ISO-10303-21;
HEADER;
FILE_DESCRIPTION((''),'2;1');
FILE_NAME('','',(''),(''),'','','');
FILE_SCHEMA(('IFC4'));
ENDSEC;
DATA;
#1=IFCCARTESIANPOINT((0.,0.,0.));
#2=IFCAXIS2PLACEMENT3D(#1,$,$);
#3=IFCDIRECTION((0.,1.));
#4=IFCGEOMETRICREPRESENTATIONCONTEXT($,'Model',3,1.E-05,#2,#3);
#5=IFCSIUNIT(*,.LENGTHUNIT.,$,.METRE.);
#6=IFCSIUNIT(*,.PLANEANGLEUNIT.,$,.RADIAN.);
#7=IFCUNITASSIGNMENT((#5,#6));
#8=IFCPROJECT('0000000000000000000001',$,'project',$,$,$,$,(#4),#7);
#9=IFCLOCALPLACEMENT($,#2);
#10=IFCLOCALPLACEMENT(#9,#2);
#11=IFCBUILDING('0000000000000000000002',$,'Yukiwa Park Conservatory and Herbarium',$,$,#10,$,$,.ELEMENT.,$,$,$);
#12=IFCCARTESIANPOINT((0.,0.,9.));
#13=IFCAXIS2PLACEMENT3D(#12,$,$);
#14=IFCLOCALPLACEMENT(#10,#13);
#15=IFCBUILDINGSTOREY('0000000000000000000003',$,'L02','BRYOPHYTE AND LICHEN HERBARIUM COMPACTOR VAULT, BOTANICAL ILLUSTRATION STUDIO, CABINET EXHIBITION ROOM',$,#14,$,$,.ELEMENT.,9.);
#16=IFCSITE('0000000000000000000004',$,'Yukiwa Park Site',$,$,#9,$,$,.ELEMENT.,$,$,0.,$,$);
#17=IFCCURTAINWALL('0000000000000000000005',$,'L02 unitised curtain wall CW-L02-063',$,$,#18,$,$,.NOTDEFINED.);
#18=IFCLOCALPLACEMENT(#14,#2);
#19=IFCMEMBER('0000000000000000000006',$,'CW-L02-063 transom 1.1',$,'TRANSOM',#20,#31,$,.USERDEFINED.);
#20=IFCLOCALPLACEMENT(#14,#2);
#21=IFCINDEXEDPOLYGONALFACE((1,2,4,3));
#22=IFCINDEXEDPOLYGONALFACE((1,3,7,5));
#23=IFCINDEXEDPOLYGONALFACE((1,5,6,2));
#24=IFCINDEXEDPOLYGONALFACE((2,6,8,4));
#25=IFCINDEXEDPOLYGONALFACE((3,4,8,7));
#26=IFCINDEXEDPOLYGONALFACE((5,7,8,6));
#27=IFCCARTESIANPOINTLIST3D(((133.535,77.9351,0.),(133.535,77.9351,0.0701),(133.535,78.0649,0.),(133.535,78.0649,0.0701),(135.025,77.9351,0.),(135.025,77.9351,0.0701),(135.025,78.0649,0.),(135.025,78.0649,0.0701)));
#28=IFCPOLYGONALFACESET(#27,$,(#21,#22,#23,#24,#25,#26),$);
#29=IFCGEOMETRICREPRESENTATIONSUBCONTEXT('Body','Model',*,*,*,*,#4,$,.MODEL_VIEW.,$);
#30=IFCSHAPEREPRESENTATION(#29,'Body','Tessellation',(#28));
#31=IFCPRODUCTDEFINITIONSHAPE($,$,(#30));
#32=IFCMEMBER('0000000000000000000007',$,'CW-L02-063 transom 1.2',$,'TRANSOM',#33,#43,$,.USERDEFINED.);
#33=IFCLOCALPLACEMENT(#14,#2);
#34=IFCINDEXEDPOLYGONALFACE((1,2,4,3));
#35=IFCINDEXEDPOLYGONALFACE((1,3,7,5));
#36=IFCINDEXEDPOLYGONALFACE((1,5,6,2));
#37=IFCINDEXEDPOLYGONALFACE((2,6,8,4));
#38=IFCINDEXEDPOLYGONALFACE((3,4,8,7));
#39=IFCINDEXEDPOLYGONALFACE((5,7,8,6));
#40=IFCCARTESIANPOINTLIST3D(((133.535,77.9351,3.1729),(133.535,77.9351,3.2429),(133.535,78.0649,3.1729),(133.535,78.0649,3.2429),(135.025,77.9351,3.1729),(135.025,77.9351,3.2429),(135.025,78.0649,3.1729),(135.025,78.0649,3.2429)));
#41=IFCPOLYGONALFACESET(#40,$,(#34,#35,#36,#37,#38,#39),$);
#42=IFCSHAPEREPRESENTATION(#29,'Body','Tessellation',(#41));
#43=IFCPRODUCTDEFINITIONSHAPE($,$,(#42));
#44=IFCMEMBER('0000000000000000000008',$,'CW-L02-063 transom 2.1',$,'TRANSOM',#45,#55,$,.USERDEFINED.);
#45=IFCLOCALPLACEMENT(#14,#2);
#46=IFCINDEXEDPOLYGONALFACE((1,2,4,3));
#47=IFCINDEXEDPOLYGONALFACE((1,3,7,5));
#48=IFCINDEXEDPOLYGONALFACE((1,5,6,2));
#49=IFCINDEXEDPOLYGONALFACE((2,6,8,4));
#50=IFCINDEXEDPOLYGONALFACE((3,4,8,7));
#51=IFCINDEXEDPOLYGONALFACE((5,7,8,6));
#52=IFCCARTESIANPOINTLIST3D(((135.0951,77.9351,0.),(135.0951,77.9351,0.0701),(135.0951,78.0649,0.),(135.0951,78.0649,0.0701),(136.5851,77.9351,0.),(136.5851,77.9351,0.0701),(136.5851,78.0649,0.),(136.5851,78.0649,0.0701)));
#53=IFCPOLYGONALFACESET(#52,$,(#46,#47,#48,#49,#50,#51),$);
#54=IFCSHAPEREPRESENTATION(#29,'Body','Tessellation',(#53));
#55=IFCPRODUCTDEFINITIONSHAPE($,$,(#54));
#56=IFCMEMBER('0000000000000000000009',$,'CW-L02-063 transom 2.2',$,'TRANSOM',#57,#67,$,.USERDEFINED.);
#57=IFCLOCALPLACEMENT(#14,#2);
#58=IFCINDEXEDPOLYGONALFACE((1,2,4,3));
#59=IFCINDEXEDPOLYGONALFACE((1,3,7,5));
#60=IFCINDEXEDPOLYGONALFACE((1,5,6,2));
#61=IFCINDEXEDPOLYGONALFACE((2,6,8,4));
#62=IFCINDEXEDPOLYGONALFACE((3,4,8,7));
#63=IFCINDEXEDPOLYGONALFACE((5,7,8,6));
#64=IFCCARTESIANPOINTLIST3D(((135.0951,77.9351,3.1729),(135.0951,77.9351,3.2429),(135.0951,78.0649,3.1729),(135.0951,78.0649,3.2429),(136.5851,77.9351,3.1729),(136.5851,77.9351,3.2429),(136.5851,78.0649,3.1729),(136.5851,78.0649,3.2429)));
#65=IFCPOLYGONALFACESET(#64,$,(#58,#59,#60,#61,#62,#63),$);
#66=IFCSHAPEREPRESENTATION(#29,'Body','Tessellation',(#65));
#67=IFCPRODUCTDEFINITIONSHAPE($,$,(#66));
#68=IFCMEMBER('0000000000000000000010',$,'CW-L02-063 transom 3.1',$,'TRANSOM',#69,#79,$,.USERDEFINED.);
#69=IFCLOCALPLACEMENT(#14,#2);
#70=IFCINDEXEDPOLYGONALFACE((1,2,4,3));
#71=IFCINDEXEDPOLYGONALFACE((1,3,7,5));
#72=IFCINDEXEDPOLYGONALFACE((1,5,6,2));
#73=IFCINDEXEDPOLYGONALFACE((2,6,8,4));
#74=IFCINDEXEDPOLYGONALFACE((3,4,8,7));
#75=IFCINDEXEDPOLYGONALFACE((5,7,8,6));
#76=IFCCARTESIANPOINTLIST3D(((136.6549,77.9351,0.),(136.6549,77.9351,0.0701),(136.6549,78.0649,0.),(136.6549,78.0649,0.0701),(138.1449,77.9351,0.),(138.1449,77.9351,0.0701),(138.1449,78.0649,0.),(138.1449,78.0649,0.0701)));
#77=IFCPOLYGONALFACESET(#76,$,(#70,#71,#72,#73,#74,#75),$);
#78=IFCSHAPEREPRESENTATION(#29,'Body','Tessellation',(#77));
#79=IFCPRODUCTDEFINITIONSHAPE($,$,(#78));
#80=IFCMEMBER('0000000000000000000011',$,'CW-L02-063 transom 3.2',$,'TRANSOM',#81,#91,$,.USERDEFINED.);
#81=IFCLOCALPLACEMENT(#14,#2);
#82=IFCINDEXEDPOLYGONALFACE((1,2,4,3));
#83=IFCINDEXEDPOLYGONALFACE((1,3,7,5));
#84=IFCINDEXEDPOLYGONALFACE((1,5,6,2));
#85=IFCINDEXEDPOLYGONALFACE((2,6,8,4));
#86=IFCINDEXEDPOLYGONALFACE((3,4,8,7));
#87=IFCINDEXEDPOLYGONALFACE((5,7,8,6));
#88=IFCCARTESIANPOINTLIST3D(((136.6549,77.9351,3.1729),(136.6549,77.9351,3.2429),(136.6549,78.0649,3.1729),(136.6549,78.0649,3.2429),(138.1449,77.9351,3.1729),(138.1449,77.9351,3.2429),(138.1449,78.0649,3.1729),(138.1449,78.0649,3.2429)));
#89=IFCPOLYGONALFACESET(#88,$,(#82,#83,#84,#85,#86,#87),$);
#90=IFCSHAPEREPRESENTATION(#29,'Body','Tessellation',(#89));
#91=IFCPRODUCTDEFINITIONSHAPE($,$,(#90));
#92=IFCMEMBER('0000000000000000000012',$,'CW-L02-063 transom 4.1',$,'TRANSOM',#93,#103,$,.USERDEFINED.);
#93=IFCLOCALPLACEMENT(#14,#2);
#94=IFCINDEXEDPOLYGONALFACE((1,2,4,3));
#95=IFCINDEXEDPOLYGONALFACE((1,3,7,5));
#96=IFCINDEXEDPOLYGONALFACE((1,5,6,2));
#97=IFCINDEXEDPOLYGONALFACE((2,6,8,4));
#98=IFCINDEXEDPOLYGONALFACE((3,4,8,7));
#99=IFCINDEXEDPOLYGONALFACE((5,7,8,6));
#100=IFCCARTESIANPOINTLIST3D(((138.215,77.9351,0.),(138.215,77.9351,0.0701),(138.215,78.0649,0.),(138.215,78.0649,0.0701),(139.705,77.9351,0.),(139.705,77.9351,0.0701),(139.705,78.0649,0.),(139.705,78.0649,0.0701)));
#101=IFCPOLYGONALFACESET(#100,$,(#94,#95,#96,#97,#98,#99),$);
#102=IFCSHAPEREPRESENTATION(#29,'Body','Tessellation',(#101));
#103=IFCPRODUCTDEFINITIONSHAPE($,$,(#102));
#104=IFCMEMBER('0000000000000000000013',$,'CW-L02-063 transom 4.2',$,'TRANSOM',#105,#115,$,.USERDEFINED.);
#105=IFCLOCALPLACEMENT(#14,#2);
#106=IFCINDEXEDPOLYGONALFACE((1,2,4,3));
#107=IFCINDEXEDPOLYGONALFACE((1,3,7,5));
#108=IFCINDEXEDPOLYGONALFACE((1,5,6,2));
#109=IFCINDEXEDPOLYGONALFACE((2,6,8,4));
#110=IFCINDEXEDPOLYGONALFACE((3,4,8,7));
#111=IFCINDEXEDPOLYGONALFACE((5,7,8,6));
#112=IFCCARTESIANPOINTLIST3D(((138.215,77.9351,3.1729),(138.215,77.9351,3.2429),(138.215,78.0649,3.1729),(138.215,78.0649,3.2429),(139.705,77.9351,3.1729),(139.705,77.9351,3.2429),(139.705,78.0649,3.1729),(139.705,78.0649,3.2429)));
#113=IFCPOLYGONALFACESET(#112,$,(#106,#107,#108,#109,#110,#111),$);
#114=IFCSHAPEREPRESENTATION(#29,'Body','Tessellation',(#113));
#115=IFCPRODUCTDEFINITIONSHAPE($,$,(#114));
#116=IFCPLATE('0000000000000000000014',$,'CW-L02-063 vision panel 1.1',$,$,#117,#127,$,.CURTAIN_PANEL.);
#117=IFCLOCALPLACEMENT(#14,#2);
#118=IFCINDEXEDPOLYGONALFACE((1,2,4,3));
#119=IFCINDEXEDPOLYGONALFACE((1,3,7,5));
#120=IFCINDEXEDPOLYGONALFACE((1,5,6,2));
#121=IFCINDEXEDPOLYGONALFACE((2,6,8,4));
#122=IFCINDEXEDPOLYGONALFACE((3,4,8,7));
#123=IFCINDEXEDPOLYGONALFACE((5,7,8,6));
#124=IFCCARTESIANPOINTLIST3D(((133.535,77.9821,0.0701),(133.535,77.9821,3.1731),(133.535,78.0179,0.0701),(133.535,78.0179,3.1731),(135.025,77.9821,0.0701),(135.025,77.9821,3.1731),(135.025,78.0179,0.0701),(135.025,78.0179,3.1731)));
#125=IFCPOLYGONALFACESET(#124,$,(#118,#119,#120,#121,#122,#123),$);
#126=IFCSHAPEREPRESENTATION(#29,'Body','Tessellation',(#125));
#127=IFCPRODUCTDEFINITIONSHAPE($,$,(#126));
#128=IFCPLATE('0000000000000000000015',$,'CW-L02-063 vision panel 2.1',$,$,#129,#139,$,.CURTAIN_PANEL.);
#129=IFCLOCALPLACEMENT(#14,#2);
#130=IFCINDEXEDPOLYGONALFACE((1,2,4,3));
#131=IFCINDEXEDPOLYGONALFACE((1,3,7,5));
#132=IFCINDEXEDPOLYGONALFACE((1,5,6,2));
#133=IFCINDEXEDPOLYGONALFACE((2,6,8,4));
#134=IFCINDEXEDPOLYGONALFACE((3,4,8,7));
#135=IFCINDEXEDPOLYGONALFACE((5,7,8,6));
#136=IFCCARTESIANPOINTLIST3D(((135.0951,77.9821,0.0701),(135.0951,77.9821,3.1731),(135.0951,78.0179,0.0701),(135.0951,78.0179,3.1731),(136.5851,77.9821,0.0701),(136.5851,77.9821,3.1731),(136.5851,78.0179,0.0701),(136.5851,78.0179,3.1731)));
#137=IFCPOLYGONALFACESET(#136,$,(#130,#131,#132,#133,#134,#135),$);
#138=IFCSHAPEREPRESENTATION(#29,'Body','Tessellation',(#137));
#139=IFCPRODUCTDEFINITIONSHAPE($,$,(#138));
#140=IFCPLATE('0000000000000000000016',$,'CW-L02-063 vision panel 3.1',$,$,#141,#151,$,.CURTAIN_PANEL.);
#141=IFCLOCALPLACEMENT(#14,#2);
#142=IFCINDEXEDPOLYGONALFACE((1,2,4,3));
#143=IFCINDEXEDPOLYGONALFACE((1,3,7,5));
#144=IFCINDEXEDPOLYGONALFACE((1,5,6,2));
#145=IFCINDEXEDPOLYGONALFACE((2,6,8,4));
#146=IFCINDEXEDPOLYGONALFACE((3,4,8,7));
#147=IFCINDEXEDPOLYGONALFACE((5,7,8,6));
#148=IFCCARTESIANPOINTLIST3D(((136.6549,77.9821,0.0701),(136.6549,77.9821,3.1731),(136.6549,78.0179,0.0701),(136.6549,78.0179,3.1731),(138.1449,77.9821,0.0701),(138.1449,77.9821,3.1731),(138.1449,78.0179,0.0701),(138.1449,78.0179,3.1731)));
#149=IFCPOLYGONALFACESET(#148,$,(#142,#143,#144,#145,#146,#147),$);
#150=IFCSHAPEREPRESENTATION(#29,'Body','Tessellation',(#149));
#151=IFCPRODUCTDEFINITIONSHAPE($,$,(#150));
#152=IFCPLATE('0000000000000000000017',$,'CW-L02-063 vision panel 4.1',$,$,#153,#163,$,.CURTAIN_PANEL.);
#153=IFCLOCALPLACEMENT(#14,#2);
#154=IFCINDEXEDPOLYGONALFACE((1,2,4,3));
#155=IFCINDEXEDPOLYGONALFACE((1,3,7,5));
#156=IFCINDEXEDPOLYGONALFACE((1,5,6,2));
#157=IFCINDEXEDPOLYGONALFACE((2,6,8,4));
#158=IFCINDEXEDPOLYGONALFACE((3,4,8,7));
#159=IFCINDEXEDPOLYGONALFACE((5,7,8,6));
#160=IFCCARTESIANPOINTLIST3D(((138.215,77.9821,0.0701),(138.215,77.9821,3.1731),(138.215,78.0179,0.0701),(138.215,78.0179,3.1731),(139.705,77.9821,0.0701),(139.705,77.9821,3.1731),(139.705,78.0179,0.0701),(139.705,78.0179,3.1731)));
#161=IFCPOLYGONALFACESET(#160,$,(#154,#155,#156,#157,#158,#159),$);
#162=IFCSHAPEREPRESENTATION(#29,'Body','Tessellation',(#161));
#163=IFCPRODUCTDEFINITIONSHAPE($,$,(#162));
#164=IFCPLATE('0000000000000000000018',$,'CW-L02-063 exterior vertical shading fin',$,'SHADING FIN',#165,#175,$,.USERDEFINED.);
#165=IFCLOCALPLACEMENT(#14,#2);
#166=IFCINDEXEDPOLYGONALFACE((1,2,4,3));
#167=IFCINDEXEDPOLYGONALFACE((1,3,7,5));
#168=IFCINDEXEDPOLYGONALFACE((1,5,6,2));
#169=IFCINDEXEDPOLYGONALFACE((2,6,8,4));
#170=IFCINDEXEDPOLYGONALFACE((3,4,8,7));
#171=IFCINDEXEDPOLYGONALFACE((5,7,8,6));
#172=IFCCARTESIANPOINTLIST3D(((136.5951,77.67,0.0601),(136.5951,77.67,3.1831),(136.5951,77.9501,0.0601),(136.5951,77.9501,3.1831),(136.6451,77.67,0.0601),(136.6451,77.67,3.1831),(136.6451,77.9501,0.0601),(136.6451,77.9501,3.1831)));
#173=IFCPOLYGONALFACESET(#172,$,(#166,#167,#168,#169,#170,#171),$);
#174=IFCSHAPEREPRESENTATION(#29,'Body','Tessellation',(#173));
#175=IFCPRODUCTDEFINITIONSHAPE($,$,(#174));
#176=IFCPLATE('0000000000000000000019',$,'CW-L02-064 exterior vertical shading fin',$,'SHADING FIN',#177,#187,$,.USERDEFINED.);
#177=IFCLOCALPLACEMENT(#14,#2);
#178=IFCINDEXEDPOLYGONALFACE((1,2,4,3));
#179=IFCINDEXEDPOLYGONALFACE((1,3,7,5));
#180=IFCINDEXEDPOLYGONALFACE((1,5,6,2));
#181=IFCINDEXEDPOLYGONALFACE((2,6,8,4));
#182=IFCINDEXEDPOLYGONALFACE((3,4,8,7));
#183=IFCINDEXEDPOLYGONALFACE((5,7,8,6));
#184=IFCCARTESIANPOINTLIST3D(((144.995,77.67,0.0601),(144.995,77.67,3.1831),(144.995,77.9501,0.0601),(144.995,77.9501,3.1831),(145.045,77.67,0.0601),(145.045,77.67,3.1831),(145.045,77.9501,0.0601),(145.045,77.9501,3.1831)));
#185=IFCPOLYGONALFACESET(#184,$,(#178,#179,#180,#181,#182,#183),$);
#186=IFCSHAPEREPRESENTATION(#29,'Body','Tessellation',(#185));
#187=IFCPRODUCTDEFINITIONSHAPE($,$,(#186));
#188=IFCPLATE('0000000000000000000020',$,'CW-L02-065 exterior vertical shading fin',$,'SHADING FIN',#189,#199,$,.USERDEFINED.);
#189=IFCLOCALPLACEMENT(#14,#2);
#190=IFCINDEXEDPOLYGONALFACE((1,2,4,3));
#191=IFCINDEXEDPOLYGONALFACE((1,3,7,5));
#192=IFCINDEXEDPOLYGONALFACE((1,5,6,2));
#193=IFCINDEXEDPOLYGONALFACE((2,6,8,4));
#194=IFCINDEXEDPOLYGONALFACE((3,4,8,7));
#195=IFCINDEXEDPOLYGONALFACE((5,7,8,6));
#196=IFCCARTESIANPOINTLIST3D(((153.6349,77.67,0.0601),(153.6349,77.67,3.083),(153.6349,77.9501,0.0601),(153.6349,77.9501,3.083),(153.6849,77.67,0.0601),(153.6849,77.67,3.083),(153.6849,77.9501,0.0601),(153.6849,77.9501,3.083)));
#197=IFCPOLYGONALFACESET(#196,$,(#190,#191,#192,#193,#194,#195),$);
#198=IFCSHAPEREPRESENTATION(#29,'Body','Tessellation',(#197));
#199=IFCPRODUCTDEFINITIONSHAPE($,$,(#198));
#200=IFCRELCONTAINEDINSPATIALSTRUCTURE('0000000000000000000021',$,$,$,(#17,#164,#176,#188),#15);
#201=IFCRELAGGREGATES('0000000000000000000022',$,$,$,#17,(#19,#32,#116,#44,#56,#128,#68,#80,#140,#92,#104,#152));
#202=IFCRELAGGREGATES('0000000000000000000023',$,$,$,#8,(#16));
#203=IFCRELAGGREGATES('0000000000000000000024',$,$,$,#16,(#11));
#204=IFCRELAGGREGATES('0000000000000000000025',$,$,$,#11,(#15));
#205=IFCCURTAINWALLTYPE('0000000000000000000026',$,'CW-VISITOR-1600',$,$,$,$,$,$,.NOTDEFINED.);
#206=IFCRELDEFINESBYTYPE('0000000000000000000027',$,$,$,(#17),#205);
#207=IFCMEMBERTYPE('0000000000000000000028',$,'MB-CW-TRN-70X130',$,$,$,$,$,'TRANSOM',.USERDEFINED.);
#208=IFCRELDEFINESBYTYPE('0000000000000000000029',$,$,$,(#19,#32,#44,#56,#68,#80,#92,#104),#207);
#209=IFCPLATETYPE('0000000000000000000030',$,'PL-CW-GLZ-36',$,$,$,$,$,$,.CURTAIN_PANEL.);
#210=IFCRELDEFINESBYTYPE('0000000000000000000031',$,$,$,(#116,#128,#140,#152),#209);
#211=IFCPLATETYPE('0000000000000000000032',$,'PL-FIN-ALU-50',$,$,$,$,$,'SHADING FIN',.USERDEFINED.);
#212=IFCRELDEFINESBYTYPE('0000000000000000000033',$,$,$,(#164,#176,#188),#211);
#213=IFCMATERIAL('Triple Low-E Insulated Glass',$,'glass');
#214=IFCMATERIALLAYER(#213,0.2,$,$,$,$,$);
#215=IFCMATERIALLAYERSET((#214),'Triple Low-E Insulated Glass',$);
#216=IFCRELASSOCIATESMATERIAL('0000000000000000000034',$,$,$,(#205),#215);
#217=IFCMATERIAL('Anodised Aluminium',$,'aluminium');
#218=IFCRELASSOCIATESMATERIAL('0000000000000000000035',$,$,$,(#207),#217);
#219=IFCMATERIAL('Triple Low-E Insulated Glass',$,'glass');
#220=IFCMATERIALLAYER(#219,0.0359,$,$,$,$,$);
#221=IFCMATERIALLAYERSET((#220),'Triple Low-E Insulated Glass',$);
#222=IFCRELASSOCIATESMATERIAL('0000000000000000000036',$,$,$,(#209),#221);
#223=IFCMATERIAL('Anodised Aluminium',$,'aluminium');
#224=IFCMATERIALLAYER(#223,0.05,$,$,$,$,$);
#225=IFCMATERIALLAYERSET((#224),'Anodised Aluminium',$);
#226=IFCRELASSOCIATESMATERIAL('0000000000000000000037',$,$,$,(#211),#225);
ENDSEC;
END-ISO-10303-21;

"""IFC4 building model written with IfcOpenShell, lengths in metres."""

from ifc_helpers import new_model, si_unit, direction, frame, origin, origin_2d, place, context, subcontext, project, spatial, rectangle, extrude, material, layer, layer_set, type_object, element, aggregate, save


model = new_model("IFC4")

# Units and contexts
model_context = context("Model", 3, precision=1e-05, world=origin(), true_north=direction((0.0, 1.0)))
body_context = subcontext(model_context, "Body", "Model", "MODEL_VIEW")
ifc_project = project(units=[si_unit("LENGTHUNIT", "METRE"), si_unit("PLANEANGLEUNIT", "RADIAN")], contexts=[model_context])

# Site, building, storey
site_placement = place(None, origin())
site = spatial("IfcSite", under=ifc_project, at=site_placement, Name="Yukiwa Park Site", CompositionType="ELEMENT", RefElevation=0.0)
building_placement = place(site_placement, origin())
building = spatial("IfcBuilding", under=site, at=building_placement, Name="Yukiwa Park Conservatory and Herbarium", CompositionType="ELEMENT")
storey_placement = place(building_placement, frame((0.0, 0.0, 9.0)))
storey = spatial("IfcBuildingStorey", under=building, at=storey_placement, Name="L02", Description="BRYOPHYTE AND LICHEN HERBARIUM COMPACTOR VAULT, BOTANICAL ILLUSTRATION STUDIO, CABINET EXHIBITION ROOM", CompositionType="ELEMENT", Elevation=9.0)

# Shared definitions
ifc_material_1 = material(Name="Triple Low-E Insulated Glass", Category="glass")
ifc_layer_1 = layer(ifc_material_1, 0.2)
ifc_layer_set_1 = layer_set([ifc_layer_1], Name="Triple Low-E Insulated Glass")
curtain_wall_type = type_object("IfcCurtainWallType", Name="CW-VISITOR-1600", PredefinedType="NOTDEFINED", material=ifc_layer_set_1)

# Curtain wall, members, plates
curtain_wall_1_placement = place(storey_placement, origin())
curtain_wall_1 = element("IfcCurtainWall", 1, at=curtain_wall_1_placement, inside=storey, type_object=curtain_wall_type, Name="L02 unitised curtain wall CW-L02-063", PredefinedType="NOTDEFINED")
ifc_material_2 = material(Name="Anodised Aluminium", Category="aluminium")
member_type_1 = type_object("IfcMemberType", Name="MB-CW-TRN-70X130", ElementType="TRANSOM", PredefinedType="USERDEFINED", material=ifc_material_2)
member_1_placement = place(storey_placement, frame((134.28, 78.0, 0.0), z_axis=(0.0, 0.0, 1.0), x_axis=(1.0, 0.0, 0.0)))
member_1 = element("IfcMember", 2, at=member_1_placement, type_object=member_type_1, Name="CW-L02-063 transom 1.1", ObjectType="TRANSOM", PredefinedType="USERDEFINED", context=body_context, shape_type="SweptSolid", body=[
    extrude(rectangle(XDim=1.49, YDim=0.1299, at=origin_2d()), origin(), (0.0, 0.0, 1.0), 0.0701),
])
member_2_placement = place(storey_placement, frame((134.28, 78.0, 3.1729), z_axis=(0.0, 0.0, 1.0), x_axis=(1.0, 0.0, 0.0)))
member_2 = element("IfcMember", 3, at=member_2_placement, type_object=member_type_1, Name="CW-L02-063 transom 1.2", ObjectType="TRANSOM", PredefinedType="USERDEFINED", context=body_context, shape_type="SweptSolid", body=[
    extrude(rectangle(XDim=1.49, YDim=0.1299, at=origin_2d()), origin(), (0.0, 0.0, 1.0), 0.0701),
])
member_3_placement = place(storey_placement, frame((135.8401, 78.0, 0.0), z_axis=(0.0, 0.0, 1.0), x_axis=(1.0, 0.0, 0.0)))
member_3 = element("IfcMember", 4, at=member_3_placement, type_object=member_type_1, Name="CW-L02-063 transom 2.1", ObjectType="TRANSOM", PredefinedType="USERDEFINED", context=body_context, shape_type="SweptSolid", body=[
    extrude(rectangle(XDim=1.49, YDim=0.1299, at=origin_2d()), origin(), (0.0, 0.0, 1.0), 0.0701),
])
member_4_placement = place(storey_placement, frame((135.8401, 78.0, 3.1729), z_axis=(0.0, 0.0, 1.0), x_axis=(1.0, 0.0, 0.0)))
member_4 = element("IfcMember", 5, at=member_4_placement, type_object=member_type_1, Name="CW-L02-063 transom 2.2", ObjectType="TRANSOM", PredefinedType="USERDEFINED", context=body_context, shape_type="SweptSolid", body=[
    extrude(rectangle(XDim=1.49, YDim=0.1299, at=origin_2d()), origin(), (0.0, 0.0, 1.0), 0.0701),
])
member_5_placement = place(storey_placement, frame((137.3999, 78.0, 0.0), z_axis=(0.0, 0.0, 1.0), x_axis=(1.0, 0.0, 0.0)))
member_5 = element("IfcMember", 6, at=member_5_placement, type_object=member_type_1, Name="CW-L02-063 transom 3.1", ObjectType="TRANSOM", PredefinedType="USERDEFINED", context=body_context, shape_type="SweptSolid", body=[
    extrude(rectangle(XDim=1.49, YDim=0.1299, at=origin_2d()), origin(), (0.0, 0.0, 1.0), 0.0701),
])
member_6_placement = place(storey_placement, frame((137.3999, 78.0, 3.1729), z_axis=(0.0, 0.0, 1.0), x_axis=(1.0, 0.0, 0.0)))
member_6 = element("IfcMember", 7, at=member_6_placement, type_object=member_type_1, Name="CW-L02-063 transom 3.2", ObjectType="TRANSOM", PredefinedType="USERDEFINED", context=body_context, shape_type="SweptSolid", body=[
    extrude(rectangle(XDim=1.49, YDim=0.1299, at=origin_2d()), origin(), (0.0, 0.0, 1.0), 0.0701),
])
member_7_placement = place(storey_placement, frame((138.96, 78.0, 0.0), z_axis=(0.0, 0.0, 1.0), x_axis=(1.0, 0.0, 0.0)))
member_7 = element("IfcMember", 8, at=member_7_placement, type_object=member_type_1, Name="CW-L02-063 transom 4.1", ObjectType="TRANSOM", PredefinedType="USERDEFINED", context=body_context, shape_type="SweptSolid", body=[
    extrude(rectangle(XDim=1.49, YDim=0.1299, at=origin_2d()), origin(), (0.0, 0.0, 1.0), 0.0701),
])
member_8_placement = place(storey_placement, frame((138.96, 78.0, 3.1729), z_axis=(0.0, 0.0, 1.0), x_axis=(1.0, 0.0, 0.0)))
member_8 = element("IfcMember", 9, at=member_8_placement, type_object=member_type_1, Name="CW-L02-063 transom 4.2", ObjectType="TRANSOM", PredefinedType="USERDEFINED", context=body_context, shape_type="SweptSolid", body=[
    extrude(rectangle(XDim=1.49, YDim=0.1299, at=origin_2d()), origin(), (0.0, 0.0, 1.0), 0.0701),
])
ifc_material_3 = material(Name="Triple Low-E Insulated Glass", Category="glass")
ifc_layer_2 = layer(ifc_material_3, 0.0359)
ifc_layer_set_2 = layer_set([ifc_layer_2], Name="Triple Low-E Insulated Glass")
plate_type_1 = type_object("IfcPlateType", Name="PL-CW-GLZ-36", PredefinedType="CURTAIN_PANEL", material=ifc_layer_set_2)
plate_1_placement = place(storey_placement, frame((134.28, 78.0, 0.0701), z_axis=(0.0, 0.0, 1.0), x_axis=(1.0, 0.0, 0.0)))
plate_1 = element("IfcPlate", 10, at=plate_1_placement, type_object=plate_type_1, Name="CW-L02-063 vision panel 1.1", PredefinedType="CURTAIN_PANEL", context=body_context, shape_type="SweptSolid", body=[
    extrude(rectangle(XDim=1.49, YDim=0.0359, at=origin_2d()), origin(), (0.0, 0.0, 1.0), 3.103),
])
plate_2_placement = place(storey_placement, frame((135.8401, 78.0, 0.0701), z_axis=(0.0, 0.0, 1.0), x_axis=(1.0, 0.0, 0.0)))
plate_2 = element("IfcPlate", 11, at=plate_2_placement, type_object=plate_type_1, Name="CW-L02-063 vision panel 2.1", PredefinedType="CURTAIN_PANEL", context=body_context, shape_type="SweptSolid", body=[
    extrude(rectangle(XDim=1.49, YDim=0.0359, at=origin_2d()), origin(), (0.0, 0.0, 1.0), 3.103),
])
plate_3_placement = place(storey_placement, frame((137.3999, 78.0, 0.0701), z_axis=(0.0, 0.0, 1.0), x_axis=(1.0, 0.0, 0.0)))
plate_3 = element("IfcPlate", 12, at=plate_3_placement, type_object=plate_type_1, Name="CW-L02-063 vision panel 3.1", PredefinedType="CURTAIN_PANEL", context=body_context, shape_type="SweptSolid", body=[
    extrude(rectangle(XDim=1.49, YDim=0.0359, at=origin_2d()), origin(), (0.0, 0.0, 1.0), 3.103),
])
plate_4_placement = place(storey_placement, frame((138.96, 78.0, 0.0701), z_axis=(0.0, 0.0, 1.0), x_axis=(1.0, 0.0, 0.0)))
plate_4 = element("IfcPlate", 13, at=plate_4_placement, type_object=plate_type_1, Name="CW-L02-063 vision panel 4.1", PredefinedType="CURTAIN_PANEL", context=body_context, shape_type="SweptSolid", body=[
    extrude(rectangle(XDim=1.49, YDim=0.0359, at=origin_2d()), origin(), (0.0, 0.0, 1.0), 3.103),
])
aggregate(curtain_wall_1, [member_1, member_2, plate_1, member_3, member_4, plate_2, member_5, member_6, plate_3, member_7, member_8, plate_4])

# Plates
ifc_material_4 = material(Name="Anodised Aluminium", Category="aluminium")
ifc_layer_3 = layer(ifc_material_4, 0.05)
ifc_layer_set_3 = layer_set([ifc_layer_3], Name="Anodised Aluminium")
plate_type_2 = type_object("IfcPlateType", Name="PL-FIN-ALU-50", ElementType="SHADING FIN", PredefinedType="USERDEFINED", material=ifc_layer_set_3)
for number, where, z_axis, x_axis, name in (
    (14, (136.6201, 77.8101, 0.0601), (0.0, 0.0, 1.0), (1.0, 0.0, 0.0), "CW-L02-063 exterior vertical shading fin"),
    (15, (145.02, 77.8101, 0.0601), (0.0, 0.0, 1.0), (1.0, 0.0, 0.0), "CW-L02-064 exterior vertical shading fin"),
):
    element("IfcPlate", number, at=place(storey_placement, frame(where, z_axis=z_axis, x_axis=x_axis)), inside=storey, type_object=plate_type_2, Name=name, ObjectType="SHADING FIN", PredefinedType="USERDEFINED", context=body_context, shape_type="SweptSolid", body=[
        extrude(rectangle(XDim=0.05, YDim=0.28, at=origin_2d()), origin(), (0.0, 0.0, 1.0), 3.123),
    ])
plate_5_placement = place(storey_placement, frame((153.6599, 77.8101, 0.0601), z_axis=(0.0, 0.0, 1.0), x_axis=(1.0, 0.0, 0.0)))
element("IfcPlate", 16, at=plate_5_placement, inside=storey, type_object=plate_type_2, Name="CW-L02-065 exterior vertical shading fin", ObjectType="SHADING FIN", PredefinedType="USERDEFINED", context=body_context, shape_type="SweptSolid", body=[
    extrude(rectangle(XDim=0.05, YDim=0.28, at=origin_2d()), origin(), (0.0, 0.0, 1.0), 3.0229),
])

save(model, "model.ifc")
